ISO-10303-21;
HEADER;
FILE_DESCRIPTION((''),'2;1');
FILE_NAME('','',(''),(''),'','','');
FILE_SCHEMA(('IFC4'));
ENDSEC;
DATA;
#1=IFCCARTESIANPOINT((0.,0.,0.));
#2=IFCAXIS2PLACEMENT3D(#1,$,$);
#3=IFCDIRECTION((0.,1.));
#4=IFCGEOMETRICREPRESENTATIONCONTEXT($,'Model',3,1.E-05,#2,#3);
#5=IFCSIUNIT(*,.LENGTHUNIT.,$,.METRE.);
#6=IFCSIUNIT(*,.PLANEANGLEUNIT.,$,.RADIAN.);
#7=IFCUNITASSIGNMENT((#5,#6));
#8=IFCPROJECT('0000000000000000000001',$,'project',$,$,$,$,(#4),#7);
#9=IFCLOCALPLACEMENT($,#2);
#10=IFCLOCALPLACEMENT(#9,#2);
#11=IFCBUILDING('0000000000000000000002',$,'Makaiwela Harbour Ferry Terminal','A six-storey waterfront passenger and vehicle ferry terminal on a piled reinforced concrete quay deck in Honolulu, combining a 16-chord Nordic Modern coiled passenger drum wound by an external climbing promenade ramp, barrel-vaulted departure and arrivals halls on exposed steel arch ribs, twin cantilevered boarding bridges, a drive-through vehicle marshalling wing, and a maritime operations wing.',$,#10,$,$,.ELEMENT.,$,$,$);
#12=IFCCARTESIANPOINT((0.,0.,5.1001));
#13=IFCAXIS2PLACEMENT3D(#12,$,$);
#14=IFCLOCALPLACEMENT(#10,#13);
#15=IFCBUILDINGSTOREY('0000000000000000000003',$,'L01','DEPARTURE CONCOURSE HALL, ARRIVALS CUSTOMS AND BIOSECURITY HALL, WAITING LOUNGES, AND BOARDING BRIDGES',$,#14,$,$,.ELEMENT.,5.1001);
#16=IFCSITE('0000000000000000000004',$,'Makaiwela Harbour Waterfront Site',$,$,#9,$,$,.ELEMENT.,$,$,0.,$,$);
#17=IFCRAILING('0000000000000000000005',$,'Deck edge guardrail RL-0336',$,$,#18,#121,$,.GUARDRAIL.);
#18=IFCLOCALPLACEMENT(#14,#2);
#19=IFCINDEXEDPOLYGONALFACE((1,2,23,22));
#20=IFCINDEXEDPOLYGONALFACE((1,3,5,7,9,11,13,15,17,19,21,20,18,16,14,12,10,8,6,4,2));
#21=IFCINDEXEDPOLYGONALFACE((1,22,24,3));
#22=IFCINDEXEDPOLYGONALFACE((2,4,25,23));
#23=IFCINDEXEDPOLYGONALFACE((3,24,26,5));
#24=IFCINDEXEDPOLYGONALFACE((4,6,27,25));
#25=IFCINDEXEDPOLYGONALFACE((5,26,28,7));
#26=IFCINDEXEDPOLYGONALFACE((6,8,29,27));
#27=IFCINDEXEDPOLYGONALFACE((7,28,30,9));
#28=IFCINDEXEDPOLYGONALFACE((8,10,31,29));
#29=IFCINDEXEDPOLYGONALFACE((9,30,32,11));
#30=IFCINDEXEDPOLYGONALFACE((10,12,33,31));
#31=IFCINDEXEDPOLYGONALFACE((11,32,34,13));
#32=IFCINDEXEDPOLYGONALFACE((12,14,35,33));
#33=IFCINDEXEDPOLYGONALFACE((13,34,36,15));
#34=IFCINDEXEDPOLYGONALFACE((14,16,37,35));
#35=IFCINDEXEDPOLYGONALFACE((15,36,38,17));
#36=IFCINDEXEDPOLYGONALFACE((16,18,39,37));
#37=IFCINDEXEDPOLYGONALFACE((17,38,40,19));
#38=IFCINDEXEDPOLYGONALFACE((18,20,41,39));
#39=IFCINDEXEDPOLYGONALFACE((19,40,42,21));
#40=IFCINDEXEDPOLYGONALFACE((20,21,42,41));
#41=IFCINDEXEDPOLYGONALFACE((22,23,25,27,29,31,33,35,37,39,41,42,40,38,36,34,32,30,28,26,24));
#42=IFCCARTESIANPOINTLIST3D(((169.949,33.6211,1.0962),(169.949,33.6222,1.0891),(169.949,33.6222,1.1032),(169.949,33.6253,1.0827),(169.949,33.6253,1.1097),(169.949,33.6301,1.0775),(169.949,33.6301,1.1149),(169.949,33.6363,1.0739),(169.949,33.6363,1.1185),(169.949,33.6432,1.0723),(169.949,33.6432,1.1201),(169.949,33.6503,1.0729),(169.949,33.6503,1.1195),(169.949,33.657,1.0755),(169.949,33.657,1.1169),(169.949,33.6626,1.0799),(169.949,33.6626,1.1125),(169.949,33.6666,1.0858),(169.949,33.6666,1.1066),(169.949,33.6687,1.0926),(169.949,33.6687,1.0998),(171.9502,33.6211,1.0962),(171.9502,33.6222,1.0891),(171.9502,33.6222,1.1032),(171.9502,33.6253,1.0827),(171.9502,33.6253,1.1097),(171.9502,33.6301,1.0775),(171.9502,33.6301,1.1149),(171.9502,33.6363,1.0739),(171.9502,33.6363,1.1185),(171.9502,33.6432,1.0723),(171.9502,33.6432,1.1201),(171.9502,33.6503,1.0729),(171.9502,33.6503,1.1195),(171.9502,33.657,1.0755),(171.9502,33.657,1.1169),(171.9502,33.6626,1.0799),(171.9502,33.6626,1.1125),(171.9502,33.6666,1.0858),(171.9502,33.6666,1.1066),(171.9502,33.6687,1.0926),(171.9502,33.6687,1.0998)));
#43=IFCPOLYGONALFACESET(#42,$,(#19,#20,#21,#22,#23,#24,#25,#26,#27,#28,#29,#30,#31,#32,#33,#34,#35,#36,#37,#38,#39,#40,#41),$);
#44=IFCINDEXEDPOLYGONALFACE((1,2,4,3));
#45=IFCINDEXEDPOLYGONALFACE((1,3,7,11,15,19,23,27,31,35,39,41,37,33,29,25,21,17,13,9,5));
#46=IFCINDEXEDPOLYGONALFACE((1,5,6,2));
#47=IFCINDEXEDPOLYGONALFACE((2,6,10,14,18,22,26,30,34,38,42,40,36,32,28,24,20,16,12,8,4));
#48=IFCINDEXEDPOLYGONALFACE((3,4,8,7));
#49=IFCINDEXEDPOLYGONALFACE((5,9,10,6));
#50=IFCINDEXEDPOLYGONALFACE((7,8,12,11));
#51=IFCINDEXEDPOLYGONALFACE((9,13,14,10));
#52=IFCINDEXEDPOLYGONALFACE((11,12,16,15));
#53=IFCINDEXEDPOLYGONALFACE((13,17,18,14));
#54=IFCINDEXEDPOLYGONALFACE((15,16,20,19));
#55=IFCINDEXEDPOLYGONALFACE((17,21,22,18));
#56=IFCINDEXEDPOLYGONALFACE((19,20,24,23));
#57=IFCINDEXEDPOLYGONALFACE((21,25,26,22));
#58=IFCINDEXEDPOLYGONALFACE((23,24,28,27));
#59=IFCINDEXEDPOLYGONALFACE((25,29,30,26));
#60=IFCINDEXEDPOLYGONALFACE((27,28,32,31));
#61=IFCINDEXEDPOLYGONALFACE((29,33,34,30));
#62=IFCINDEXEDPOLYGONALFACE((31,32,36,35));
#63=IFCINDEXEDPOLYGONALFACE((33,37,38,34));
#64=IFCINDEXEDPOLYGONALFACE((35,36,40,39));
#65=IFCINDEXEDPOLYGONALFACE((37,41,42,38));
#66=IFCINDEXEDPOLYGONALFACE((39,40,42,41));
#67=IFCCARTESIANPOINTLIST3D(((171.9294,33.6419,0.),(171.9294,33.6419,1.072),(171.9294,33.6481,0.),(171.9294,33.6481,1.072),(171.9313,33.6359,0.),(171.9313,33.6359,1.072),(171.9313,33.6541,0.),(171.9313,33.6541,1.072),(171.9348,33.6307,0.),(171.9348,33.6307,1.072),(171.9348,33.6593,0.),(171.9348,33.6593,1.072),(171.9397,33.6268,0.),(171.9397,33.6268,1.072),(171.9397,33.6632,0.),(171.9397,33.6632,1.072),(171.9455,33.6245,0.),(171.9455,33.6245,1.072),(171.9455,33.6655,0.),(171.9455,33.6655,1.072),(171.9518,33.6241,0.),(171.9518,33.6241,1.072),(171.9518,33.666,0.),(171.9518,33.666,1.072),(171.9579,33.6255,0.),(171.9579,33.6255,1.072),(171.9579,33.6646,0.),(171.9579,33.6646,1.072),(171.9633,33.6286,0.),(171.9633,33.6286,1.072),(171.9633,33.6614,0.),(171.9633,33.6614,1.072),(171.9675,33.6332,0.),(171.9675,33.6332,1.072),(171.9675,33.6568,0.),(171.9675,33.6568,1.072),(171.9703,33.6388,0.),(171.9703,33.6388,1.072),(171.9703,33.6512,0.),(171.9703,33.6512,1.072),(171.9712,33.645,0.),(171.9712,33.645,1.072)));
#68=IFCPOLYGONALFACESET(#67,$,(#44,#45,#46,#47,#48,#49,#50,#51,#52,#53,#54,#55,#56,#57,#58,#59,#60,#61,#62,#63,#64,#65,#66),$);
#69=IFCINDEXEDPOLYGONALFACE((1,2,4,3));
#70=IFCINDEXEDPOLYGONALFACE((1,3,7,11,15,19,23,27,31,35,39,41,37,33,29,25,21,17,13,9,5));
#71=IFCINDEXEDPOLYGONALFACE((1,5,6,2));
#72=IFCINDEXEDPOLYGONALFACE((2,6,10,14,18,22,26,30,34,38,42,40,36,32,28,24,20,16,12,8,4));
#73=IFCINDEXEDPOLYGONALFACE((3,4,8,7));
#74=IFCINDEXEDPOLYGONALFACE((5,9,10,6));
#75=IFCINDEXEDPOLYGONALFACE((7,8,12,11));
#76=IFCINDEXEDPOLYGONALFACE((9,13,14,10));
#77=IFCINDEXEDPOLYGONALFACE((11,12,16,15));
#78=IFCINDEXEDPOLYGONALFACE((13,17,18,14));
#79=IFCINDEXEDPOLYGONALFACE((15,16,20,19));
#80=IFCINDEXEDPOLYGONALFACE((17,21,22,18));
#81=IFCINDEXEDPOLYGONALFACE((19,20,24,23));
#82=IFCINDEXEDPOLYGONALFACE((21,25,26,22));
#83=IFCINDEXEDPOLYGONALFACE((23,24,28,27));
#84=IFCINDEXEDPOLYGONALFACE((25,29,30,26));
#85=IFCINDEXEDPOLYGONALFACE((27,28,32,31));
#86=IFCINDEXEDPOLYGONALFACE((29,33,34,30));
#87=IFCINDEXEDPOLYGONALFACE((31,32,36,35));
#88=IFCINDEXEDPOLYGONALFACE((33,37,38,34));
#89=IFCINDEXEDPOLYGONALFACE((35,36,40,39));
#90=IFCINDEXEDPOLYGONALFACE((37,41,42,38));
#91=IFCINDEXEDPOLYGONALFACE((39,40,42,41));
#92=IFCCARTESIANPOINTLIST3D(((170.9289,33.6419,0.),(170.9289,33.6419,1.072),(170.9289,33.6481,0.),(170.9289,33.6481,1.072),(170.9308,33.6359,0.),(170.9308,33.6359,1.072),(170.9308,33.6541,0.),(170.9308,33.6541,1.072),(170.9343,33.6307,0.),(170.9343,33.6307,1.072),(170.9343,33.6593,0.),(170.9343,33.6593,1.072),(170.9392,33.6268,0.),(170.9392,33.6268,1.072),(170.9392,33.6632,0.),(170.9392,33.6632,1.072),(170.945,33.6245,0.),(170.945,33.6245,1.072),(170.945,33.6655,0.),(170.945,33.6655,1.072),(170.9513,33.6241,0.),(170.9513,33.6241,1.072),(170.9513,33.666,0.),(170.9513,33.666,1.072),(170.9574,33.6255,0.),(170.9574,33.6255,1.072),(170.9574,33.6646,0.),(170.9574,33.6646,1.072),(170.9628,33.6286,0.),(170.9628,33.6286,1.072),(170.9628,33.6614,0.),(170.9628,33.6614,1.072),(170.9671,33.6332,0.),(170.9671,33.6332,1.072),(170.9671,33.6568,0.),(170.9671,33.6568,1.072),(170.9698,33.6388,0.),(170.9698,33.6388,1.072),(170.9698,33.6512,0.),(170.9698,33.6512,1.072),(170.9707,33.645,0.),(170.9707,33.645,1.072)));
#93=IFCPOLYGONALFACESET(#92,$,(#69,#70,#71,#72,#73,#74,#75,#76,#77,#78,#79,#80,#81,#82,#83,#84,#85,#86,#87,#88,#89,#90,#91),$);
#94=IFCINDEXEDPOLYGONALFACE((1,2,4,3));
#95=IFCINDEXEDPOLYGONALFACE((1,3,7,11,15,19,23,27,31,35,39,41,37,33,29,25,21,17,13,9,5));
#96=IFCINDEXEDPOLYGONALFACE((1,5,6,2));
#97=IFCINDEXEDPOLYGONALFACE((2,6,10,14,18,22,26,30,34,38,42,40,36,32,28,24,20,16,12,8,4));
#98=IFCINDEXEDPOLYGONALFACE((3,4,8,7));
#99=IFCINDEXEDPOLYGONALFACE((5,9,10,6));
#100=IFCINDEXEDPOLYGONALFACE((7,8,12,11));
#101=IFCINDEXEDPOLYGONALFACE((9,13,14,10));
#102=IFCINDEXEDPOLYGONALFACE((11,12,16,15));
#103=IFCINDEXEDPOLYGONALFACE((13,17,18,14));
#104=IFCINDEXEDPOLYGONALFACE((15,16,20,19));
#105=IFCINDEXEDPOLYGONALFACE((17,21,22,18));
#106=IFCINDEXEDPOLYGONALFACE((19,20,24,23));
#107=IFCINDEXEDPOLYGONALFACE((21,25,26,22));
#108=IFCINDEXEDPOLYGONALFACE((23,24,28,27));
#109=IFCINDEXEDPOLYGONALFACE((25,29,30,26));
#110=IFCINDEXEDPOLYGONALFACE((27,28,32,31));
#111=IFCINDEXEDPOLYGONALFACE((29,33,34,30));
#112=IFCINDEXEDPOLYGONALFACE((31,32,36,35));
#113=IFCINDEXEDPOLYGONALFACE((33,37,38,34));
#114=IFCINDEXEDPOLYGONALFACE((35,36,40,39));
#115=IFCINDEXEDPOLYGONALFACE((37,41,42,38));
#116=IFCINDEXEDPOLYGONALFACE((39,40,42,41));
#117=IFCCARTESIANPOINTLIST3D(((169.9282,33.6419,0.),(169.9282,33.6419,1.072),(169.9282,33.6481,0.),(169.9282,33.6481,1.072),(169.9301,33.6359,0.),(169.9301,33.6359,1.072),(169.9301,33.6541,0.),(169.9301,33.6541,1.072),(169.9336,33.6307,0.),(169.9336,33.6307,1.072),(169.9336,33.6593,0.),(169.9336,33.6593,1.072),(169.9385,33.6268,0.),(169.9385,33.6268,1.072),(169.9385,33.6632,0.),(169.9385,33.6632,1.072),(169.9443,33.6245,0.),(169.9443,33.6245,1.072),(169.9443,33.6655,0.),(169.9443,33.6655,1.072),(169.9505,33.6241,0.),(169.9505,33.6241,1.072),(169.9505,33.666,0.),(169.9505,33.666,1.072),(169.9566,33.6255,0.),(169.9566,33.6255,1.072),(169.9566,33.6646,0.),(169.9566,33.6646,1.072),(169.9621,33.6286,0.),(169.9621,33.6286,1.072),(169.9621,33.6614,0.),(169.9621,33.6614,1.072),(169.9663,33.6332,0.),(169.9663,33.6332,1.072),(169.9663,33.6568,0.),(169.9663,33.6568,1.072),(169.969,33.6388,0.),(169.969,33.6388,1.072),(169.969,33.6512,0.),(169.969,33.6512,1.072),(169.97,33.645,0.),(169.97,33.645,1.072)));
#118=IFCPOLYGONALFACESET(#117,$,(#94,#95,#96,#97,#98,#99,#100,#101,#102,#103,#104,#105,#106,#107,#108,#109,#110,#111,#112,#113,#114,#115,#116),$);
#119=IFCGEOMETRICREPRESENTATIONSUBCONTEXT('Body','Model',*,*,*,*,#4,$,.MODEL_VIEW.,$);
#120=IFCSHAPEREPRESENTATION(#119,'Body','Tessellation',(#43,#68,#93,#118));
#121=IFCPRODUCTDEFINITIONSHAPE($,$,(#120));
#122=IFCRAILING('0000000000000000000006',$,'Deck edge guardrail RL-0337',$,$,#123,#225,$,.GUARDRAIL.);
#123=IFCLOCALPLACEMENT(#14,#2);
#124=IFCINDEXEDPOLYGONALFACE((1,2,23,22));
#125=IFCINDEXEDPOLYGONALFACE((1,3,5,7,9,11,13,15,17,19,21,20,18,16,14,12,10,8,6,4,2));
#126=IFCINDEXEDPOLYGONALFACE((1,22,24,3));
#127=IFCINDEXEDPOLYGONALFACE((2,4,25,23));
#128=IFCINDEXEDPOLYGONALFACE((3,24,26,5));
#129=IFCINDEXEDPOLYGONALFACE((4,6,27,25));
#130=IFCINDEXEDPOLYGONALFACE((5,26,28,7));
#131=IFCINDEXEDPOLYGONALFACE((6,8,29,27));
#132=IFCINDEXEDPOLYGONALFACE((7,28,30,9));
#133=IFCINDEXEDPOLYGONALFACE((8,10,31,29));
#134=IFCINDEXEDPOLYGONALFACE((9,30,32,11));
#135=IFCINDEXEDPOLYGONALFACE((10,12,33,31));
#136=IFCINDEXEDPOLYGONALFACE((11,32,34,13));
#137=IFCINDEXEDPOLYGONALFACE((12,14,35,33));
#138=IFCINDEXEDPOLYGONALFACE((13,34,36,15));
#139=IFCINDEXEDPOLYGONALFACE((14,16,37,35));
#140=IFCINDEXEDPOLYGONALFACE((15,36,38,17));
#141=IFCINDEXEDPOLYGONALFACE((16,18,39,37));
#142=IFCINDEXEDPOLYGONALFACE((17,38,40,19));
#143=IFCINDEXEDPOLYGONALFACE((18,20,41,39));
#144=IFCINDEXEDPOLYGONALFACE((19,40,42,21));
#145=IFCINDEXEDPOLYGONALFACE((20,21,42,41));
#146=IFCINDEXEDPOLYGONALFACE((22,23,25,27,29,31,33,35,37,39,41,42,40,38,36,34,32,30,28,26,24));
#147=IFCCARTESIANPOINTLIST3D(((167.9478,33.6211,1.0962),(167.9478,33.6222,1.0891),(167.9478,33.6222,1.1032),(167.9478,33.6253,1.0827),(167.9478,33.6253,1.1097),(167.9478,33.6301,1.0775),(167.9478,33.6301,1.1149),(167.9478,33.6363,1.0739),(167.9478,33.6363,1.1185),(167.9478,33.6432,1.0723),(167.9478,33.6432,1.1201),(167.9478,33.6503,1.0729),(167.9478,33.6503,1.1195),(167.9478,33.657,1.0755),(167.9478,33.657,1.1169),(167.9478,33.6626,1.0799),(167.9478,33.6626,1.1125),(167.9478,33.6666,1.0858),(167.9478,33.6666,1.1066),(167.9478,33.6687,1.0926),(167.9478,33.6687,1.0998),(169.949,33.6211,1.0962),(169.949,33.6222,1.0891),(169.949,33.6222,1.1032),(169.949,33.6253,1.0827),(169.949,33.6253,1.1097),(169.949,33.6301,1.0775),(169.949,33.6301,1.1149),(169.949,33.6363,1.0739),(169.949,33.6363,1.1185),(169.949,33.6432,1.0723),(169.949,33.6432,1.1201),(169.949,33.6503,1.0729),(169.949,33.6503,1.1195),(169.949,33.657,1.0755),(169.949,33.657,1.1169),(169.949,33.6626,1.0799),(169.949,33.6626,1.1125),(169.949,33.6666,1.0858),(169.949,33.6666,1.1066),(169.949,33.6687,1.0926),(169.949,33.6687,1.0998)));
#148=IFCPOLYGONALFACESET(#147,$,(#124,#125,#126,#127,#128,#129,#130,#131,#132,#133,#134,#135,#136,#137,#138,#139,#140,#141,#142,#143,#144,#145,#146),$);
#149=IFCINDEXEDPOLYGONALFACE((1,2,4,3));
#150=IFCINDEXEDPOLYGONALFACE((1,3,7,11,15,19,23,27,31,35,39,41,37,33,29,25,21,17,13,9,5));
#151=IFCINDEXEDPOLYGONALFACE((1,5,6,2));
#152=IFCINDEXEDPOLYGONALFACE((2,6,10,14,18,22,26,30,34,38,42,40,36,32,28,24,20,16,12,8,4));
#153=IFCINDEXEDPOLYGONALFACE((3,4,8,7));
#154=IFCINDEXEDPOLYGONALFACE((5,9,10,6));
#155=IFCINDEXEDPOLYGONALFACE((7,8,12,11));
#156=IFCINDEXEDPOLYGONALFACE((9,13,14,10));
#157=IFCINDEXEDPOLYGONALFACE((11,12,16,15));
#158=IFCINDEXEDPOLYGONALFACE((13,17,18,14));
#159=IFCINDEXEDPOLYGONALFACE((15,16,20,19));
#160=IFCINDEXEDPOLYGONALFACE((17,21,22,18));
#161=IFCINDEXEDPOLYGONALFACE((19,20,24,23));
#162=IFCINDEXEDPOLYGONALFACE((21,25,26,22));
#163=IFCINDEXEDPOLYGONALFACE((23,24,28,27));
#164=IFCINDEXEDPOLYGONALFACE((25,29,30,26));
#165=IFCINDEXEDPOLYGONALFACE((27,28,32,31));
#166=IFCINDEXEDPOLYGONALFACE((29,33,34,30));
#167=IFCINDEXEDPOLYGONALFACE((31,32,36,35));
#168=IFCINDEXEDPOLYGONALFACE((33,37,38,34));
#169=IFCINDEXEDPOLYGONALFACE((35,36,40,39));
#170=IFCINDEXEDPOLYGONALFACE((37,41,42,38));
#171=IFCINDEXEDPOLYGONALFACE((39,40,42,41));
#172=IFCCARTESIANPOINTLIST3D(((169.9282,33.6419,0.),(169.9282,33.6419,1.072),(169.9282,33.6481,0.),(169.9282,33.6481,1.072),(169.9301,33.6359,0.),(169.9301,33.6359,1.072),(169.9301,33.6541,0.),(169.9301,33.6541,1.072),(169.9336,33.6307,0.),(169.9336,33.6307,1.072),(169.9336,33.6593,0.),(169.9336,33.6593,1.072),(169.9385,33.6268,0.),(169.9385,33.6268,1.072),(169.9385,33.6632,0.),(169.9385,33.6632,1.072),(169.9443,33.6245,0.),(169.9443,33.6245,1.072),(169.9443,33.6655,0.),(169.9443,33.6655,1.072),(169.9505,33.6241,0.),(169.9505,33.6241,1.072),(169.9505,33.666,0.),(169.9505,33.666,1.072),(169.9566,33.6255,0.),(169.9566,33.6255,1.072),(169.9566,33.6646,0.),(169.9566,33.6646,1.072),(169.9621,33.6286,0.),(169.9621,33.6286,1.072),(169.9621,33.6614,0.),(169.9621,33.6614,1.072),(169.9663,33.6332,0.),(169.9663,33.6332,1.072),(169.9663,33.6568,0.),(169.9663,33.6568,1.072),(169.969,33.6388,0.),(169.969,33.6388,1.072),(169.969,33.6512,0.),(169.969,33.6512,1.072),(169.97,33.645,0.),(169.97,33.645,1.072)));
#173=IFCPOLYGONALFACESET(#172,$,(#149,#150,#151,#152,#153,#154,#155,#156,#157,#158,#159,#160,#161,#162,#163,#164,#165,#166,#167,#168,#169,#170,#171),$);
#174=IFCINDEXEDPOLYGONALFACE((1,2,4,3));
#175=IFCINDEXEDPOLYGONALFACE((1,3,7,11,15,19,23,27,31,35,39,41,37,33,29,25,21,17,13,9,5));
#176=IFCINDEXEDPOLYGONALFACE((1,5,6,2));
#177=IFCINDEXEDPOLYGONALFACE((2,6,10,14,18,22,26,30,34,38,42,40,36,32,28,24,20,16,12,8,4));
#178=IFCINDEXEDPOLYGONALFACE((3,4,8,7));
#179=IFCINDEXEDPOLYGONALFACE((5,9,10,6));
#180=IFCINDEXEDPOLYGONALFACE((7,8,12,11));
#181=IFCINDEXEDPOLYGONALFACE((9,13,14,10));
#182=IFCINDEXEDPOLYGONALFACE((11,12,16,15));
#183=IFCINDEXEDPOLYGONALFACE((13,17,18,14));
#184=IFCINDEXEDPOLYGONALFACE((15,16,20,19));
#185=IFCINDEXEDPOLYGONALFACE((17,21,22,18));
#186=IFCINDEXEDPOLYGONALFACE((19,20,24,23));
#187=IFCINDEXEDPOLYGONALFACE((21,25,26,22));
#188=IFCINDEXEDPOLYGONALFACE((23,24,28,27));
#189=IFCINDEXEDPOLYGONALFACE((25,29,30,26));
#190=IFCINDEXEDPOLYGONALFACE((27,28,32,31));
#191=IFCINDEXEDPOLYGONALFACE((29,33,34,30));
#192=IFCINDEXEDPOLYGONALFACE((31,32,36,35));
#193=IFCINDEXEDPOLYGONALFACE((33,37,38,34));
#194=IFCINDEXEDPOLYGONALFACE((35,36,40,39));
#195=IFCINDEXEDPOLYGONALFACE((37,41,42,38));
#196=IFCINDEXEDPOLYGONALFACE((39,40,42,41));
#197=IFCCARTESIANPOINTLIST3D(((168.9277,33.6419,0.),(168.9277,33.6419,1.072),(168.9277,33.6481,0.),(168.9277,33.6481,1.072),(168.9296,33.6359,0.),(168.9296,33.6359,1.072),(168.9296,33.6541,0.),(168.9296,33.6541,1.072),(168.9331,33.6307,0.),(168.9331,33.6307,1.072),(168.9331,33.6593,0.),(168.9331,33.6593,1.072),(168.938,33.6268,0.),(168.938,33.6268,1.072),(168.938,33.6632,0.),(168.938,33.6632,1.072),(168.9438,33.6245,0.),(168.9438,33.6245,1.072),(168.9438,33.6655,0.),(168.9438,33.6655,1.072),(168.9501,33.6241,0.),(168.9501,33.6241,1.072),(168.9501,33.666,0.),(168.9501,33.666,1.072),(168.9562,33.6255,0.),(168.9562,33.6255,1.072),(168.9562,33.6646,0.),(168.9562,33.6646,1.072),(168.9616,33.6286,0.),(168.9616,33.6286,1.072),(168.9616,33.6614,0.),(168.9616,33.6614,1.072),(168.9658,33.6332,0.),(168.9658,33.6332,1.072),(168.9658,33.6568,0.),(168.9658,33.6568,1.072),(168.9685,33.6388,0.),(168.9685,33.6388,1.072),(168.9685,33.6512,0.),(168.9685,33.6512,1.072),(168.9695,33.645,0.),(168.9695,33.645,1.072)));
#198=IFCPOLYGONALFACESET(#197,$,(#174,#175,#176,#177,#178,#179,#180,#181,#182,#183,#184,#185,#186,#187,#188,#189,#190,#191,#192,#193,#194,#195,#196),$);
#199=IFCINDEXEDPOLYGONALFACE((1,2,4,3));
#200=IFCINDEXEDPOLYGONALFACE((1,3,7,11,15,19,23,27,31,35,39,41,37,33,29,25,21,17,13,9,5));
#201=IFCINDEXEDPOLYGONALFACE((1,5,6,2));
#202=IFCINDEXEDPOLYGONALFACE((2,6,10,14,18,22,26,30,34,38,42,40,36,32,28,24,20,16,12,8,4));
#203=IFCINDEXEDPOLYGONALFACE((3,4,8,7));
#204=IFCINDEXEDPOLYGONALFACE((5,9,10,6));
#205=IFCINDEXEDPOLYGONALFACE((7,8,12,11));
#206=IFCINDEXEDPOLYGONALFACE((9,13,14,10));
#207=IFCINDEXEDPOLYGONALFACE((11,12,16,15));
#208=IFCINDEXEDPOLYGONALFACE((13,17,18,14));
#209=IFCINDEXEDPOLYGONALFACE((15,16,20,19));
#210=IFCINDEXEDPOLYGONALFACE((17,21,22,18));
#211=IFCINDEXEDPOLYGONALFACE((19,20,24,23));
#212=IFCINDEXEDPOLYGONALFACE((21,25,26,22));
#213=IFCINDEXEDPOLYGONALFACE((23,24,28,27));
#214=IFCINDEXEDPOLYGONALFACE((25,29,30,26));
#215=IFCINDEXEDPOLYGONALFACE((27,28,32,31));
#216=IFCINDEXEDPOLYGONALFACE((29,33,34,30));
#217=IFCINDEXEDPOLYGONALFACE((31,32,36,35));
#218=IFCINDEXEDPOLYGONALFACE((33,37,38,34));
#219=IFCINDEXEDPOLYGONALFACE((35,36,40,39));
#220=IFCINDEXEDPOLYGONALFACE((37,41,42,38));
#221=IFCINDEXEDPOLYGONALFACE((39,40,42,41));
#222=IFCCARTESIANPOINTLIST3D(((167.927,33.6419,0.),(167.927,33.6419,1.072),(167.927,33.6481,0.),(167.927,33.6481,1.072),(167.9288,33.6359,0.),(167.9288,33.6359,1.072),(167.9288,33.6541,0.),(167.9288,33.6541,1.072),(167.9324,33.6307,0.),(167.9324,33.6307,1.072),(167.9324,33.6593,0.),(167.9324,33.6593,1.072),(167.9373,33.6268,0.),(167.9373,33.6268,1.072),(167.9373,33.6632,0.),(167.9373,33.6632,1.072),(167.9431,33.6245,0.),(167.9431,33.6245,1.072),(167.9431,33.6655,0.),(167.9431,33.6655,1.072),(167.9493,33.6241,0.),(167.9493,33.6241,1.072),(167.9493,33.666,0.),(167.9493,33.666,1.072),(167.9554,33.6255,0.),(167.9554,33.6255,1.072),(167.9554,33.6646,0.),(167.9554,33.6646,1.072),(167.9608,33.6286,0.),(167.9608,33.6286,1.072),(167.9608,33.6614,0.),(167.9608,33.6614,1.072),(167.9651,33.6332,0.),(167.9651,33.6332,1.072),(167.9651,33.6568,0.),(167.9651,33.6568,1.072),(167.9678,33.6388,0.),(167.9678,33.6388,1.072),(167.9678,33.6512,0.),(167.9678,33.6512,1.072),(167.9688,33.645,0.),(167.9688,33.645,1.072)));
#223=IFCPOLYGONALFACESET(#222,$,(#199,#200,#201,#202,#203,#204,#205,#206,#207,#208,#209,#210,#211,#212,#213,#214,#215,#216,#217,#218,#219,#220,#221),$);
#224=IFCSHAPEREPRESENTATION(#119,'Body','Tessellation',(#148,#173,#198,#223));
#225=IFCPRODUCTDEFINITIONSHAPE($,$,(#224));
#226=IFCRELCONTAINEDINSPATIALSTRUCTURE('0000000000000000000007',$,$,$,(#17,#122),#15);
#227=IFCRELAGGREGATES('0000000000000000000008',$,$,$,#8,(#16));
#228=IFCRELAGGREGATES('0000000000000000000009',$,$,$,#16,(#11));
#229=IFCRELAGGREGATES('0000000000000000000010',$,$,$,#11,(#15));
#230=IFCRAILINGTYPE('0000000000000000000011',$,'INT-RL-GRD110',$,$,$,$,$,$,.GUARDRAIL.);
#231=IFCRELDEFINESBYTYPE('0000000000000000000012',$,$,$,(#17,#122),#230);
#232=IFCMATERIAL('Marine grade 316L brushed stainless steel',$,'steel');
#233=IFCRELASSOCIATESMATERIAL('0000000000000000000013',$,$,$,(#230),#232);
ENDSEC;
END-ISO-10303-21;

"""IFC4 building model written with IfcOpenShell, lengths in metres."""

from ifc_helpers import new_model, si_unit, direction, frame, origin, origin_2d, place, context, subcontext, project, spatial, circle, extrude, material, type_object, element, save


model = new_model("IFC4")

# Units and contexts
model_context = context("Model", 3, precision=1e-05, world=origin(), true_north=direction((0.0, 1.0)))
body_context = subcontext(model_context, "Body", "Model", "MODEL_VIEW")
ifc_project = project(units=[si_unit("LENGTHUNIT", "METRE"), si_unit("PLANEANGLEUNIT", "RADIAN")], contexts=[model_context])

# Site, building, storey
site_placement = place(None, origin())
site = spatial("IfcSite", under=ifc_project, at=site_placement, Name="Makaiwela Harbour Waterfront Site", CompositionType="ELEMENT", RefElevation=0.0)
building_placement = place(site_placement, origin())
building = spatial("IfcBuilding", under=site, at=building_placement, Name="Makaiwela Harbour Ferry Terminal", Description="A six-storey waterfront passenger and vehicle ferry terminal on a piled reinforced concrete quay deck in Honolulu, combining a 16-chord Nordic Modern coiled passenger drum wound by an external climbing promenade ramp, barrel-vaulted departure and arrivals halls on exposed steel arch ribs, twin cantilevered boarding bridges, a drive-through vehicle marshalling wing, and a maritime operations wing.", CompositionType="ELEMENT")
storey_placement = place(building_placement, frame((0.0, 0.0, 5.1001)))
storey = spatial("IfcBuildingStorey", under=building, at=storey_placement, Name="L01", Description="DEPARTURE CONCOURSE HALL, ARRIVALS CUSTOMS AND BIOSECURITY HALL, WAITING LOUNGES, AND BOARDING BRIDGES", CompositionType="ELEMENT", Elevation=5.1001)

# Railings
ifc_material_1 = material(Name="Marine grade 316L brushed stainless steel", Category="steel")
railing_type = type_object("IfcRailingType", Name="INT-RL-GRD110", PredefinedType="GUARDRAIL", material=ifc_material_1)
for number, where, name in (
    (1, (171.9502, 33.645, 0.0), "Deck edge guardrail RL-0336"),
    (2, (169.949, 33.645, 0.0), "Deck edge guardrail RL-0337"),
):
    element("IfcRailing", number, at=place(storey_placement, frame(where)), inside=storey, type_object=railing_type, Name=name, PredefinedType="GUARDRAIL", context=body_context, shape_type="SweptSolid", body=[
        extrude(circle(Radius=0.0239, at=origin_2d()), frame((0.0, 0.0, 1.0962), z_axis=(-1.0, 0.0, 0.0), x_axis=(0.0, -1.0, 0.0)), (0.0, 0.0, 1.0), 2.0012),
        extrude(circle(Radius=0.021, at=origin_2d()), origin(), (0.0, 0.0, 1.0), 1.072),
        extrude(circle(Radius=0.021, at=origin_2d()), frame((-1.0005, 0.0, 0.0)), (0.0, 0.0, 1.0), 1.072),
        extrude(circle(Radius=0.021, at=origin_2d()), frame((-2.0012, 0.0, 0.0)), (0.0, 0.0, 1.0), 1.072),
    ])

save(model, "model.ifc")
